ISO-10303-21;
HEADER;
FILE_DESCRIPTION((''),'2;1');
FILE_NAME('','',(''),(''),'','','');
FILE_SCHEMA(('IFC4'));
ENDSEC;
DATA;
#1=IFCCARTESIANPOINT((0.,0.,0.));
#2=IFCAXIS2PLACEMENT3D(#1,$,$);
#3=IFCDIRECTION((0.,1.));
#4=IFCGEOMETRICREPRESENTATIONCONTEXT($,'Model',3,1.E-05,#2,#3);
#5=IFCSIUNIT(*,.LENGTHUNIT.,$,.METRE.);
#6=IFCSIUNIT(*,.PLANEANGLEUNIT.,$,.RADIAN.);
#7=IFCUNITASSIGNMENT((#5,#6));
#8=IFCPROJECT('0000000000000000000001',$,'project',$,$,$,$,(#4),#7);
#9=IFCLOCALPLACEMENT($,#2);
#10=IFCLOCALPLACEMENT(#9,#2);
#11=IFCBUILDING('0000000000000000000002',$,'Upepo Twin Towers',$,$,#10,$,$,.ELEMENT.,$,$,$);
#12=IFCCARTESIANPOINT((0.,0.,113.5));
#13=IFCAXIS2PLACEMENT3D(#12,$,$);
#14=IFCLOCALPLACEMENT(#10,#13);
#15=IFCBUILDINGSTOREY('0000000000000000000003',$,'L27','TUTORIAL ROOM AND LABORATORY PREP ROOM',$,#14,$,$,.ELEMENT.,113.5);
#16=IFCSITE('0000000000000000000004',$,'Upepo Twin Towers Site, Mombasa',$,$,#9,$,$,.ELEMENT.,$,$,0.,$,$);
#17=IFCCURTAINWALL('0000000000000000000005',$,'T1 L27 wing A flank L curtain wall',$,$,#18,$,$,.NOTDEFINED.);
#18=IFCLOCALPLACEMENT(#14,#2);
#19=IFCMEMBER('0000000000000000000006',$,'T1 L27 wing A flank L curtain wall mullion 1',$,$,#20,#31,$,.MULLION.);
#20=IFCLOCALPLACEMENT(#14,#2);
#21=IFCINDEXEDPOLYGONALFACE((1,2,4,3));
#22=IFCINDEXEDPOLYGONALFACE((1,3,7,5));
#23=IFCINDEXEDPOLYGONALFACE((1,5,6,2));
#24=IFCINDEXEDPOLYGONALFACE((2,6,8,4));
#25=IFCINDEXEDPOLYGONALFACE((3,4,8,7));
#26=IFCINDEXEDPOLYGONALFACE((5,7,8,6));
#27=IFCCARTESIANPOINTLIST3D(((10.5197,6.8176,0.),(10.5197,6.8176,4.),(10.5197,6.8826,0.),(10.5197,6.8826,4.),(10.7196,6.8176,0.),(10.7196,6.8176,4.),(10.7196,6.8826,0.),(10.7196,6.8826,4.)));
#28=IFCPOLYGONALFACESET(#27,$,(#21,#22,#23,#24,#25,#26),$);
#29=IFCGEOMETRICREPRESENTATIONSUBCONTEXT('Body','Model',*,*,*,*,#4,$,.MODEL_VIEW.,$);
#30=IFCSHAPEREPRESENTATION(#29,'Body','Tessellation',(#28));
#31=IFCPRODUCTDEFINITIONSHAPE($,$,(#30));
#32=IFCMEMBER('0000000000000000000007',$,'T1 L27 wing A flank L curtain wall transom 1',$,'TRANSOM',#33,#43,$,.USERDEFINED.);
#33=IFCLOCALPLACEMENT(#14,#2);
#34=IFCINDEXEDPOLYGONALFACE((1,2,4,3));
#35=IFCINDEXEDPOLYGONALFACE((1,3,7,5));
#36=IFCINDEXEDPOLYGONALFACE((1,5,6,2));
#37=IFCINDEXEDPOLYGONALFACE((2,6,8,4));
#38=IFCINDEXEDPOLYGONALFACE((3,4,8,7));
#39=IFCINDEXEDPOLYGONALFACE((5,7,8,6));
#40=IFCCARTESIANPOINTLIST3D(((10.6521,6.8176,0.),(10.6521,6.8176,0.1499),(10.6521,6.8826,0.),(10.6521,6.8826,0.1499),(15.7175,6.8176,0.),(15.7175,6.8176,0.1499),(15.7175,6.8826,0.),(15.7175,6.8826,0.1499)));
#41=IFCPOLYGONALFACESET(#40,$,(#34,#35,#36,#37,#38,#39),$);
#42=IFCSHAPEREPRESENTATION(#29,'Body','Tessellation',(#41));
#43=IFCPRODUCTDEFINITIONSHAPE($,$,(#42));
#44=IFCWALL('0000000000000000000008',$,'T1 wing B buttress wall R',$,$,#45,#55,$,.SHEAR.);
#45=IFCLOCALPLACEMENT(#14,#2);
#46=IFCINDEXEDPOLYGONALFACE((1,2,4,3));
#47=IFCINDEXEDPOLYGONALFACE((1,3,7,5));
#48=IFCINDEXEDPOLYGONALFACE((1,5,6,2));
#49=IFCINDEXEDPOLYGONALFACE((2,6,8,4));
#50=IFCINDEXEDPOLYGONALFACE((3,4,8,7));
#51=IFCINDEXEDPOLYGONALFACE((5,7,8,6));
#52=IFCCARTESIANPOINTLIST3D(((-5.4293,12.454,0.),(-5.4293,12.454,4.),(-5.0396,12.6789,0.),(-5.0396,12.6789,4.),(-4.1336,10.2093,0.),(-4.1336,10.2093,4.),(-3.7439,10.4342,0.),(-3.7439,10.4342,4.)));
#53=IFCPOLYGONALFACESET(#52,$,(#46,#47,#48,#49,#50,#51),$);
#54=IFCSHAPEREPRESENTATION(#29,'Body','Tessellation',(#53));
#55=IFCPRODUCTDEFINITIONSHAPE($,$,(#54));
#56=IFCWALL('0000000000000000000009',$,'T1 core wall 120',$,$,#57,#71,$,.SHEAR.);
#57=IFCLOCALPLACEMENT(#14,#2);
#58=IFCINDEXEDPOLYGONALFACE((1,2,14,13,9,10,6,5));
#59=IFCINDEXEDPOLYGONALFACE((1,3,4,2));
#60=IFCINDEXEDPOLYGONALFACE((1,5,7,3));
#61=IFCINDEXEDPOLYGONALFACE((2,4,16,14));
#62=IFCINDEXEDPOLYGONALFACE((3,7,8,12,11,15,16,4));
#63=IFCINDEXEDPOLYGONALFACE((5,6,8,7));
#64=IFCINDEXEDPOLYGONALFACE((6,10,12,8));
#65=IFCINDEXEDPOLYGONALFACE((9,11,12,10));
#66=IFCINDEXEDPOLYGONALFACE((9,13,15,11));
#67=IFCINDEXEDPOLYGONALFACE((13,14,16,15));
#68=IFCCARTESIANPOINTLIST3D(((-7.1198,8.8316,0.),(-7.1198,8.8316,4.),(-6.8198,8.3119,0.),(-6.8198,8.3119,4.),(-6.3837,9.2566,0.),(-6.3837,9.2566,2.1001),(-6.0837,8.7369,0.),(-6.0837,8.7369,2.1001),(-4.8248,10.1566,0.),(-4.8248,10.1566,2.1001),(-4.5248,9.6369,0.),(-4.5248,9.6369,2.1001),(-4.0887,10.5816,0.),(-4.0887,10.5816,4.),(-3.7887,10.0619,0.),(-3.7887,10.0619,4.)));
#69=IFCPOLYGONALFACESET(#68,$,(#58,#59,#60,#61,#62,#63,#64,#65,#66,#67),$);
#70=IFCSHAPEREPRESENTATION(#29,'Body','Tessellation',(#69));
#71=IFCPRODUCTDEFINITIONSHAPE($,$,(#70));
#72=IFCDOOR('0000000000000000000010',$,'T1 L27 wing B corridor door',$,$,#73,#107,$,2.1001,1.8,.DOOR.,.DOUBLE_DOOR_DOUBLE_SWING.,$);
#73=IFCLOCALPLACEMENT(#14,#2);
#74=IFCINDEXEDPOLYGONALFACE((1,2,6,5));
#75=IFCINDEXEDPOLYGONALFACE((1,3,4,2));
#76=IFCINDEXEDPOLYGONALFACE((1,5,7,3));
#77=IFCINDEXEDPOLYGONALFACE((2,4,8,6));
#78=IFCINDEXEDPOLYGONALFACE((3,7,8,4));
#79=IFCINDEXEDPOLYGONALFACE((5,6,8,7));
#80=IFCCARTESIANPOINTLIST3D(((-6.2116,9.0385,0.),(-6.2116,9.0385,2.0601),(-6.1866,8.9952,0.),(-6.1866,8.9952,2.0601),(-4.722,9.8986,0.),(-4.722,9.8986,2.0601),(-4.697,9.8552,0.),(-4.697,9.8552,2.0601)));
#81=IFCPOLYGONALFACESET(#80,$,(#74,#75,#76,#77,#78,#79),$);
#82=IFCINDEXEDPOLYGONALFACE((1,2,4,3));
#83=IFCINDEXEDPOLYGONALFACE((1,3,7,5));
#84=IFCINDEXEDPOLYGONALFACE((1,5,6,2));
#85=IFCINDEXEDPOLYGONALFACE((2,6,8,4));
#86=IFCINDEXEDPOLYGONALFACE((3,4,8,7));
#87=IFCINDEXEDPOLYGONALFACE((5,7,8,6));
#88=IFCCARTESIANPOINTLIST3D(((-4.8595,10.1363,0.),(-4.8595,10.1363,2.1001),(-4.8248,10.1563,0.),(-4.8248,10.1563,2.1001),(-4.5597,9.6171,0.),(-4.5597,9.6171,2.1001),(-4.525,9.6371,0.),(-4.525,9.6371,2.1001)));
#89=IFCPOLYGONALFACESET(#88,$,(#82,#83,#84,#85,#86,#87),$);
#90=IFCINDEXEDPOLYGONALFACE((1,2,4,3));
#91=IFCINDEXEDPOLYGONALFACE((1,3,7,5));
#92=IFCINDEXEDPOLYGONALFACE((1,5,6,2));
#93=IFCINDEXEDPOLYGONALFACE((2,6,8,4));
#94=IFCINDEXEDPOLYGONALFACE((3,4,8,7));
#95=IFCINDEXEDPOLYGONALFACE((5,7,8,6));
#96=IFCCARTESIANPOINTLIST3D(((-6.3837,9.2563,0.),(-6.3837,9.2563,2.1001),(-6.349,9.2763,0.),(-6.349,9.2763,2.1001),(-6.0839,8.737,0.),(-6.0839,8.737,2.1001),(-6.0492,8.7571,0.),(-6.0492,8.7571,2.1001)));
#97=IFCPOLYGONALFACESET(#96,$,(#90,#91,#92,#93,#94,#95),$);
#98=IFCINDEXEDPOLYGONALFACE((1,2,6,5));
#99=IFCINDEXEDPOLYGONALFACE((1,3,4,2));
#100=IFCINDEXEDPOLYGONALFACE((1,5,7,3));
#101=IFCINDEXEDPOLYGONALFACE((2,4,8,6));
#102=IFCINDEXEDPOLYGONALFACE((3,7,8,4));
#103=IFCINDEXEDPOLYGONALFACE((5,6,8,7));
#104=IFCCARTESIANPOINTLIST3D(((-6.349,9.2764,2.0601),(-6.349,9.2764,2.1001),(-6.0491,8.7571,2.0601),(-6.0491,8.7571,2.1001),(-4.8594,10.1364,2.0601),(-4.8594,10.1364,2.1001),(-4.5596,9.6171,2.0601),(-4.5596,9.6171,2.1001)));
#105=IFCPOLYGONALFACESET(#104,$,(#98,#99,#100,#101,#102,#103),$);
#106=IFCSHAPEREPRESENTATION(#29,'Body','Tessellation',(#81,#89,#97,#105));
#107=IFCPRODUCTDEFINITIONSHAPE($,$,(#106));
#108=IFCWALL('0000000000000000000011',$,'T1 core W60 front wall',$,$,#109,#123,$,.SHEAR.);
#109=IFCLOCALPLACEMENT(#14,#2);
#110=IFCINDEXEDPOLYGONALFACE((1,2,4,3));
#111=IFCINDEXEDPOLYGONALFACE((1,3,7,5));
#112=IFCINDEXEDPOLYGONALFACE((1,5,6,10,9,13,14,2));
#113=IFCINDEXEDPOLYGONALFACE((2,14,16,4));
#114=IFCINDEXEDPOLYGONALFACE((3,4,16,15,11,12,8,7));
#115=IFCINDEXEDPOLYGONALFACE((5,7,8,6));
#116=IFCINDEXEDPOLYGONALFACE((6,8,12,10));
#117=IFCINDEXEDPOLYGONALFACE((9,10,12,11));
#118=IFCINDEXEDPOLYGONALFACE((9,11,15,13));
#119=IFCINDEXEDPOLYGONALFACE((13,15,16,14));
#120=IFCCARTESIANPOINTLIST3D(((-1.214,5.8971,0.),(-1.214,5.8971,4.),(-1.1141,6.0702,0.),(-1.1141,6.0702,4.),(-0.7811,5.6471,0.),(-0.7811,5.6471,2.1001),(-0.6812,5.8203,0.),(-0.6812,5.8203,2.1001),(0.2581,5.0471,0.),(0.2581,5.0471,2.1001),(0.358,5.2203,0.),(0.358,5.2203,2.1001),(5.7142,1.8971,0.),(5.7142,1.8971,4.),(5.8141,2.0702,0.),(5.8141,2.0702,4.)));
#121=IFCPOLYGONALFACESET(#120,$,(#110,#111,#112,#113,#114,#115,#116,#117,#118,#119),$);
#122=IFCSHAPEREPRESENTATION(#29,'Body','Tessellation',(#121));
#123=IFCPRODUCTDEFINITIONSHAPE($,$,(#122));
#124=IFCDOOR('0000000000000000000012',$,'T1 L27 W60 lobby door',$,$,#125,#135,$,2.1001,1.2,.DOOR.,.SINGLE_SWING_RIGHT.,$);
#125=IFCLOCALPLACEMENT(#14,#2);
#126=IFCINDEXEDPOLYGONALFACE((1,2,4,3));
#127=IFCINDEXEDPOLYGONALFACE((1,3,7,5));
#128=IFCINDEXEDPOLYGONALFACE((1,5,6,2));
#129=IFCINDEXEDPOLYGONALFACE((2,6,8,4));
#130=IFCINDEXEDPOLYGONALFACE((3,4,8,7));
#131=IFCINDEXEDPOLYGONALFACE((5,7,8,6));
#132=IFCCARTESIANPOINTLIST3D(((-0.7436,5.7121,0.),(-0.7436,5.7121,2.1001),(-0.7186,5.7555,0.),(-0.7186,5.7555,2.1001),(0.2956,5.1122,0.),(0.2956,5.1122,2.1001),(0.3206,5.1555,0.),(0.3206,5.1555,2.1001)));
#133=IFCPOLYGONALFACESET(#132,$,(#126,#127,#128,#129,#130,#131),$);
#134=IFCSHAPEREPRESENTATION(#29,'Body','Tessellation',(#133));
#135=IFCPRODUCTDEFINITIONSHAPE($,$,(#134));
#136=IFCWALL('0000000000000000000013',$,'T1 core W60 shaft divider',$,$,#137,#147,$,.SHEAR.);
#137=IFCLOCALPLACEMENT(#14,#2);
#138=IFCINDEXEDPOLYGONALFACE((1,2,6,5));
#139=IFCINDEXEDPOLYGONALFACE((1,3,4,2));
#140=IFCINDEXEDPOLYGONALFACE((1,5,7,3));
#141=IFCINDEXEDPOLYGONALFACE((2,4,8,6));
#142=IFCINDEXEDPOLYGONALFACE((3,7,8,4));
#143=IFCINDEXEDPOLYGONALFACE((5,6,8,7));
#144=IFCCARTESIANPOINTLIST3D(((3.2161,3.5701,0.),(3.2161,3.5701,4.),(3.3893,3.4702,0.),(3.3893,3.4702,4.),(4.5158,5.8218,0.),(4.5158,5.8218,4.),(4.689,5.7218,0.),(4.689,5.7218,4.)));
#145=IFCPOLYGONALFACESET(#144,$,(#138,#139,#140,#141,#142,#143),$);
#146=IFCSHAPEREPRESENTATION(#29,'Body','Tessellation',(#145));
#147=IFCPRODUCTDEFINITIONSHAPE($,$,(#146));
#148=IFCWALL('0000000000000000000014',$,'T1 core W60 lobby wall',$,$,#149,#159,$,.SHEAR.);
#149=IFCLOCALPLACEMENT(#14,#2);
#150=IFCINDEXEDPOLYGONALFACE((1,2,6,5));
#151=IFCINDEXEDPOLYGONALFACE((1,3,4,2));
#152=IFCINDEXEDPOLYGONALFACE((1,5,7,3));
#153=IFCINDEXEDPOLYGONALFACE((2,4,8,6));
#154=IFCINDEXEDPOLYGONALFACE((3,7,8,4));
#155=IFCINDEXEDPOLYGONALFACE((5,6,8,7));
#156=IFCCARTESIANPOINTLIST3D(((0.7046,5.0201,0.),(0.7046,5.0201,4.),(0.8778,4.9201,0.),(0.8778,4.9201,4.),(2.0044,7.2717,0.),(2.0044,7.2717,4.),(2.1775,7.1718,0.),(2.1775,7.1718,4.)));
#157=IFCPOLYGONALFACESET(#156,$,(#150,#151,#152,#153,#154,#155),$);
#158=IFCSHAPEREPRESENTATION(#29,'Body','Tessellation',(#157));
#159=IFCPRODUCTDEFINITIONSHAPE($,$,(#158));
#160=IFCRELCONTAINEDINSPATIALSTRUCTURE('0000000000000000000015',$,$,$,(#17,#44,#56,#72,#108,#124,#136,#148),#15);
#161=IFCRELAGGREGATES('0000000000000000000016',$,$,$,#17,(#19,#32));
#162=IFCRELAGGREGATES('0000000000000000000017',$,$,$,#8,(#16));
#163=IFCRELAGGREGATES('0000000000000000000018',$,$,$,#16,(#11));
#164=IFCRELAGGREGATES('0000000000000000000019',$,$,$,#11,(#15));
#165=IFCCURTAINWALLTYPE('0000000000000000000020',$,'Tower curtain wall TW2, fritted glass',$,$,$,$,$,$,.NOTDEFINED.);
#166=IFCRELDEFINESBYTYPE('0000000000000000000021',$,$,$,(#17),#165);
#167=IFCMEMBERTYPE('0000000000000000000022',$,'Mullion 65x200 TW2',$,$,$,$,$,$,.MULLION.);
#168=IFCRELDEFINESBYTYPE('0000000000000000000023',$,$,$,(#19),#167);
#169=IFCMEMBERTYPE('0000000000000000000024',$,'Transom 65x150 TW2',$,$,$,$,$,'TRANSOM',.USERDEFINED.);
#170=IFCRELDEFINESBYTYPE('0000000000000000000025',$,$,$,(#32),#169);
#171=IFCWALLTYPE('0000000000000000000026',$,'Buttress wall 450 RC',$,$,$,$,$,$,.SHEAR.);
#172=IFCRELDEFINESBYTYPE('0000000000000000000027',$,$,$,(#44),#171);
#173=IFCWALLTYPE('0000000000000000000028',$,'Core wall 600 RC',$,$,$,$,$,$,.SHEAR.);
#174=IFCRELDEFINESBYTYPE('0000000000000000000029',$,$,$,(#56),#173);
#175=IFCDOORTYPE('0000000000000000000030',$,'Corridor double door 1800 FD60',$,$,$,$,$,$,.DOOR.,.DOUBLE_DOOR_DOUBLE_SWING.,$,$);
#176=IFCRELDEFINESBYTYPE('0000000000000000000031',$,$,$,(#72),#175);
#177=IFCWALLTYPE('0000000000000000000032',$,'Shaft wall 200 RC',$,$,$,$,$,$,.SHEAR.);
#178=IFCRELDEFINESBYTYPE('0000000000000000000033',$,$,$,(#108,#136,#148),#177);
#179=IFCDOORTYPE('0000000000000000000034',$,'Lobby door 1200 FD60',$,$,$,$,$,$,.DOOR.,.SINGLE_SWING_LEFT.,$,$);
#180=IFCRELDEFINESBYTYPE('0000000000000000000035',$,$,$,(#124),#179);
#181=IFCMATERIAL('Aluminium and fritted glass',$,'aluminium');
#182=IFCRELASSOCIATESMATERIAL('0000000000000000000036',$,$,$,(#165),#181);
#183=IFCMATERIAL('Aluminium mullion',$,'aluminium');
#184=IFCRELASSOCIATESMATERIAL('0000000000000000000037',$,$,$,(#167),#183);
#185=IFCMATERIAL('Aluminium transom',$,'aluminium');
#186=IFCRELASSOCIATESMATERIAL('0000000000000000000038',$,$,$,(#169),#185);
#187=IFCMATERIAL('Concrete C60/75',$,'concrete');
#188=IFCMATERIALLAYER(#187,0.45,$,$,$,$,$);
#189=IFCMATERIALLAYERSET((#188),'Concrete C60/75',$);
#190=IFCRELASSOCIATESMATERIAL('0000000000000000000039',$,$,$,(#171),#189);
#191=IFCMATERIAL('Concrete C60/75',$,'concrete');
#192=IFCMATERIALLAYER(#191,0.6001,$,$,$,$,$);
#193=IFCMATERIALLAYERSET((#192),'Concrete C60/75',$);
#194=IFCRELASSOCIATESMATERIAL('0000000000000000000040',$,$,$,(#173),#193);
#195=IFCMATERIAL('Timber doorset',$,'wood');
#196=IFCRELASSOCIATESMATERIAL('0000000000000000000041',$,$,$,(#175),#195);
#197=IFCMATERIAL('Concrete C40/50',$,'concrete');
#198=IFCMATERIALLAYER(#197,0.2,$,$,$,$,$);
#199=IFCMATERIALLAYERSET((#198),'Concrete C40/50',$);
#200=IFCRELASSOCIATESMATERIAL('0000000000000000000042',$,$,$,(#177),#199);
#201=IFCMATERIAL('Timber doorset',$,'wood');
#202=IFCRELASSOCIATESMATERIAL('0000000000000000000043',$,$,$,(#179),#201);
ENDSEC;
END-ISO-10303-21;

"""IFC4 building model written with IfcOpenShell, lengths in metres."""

from ifc_helpers import new_model, si_unit, direction, frame, frame_2d, origin, origin_2d, place, context, subcontext, project, spatial, rectangle, extrude, material, layer, layer_set, material_profile, profile_set, type_object, element, fill, aggregate, save


model = new_model("IFC4")

# Units and contexts
model_context = context("Model", 3, precision=1e-05, world=origin(), true_north=direction((0.0, 1.0)))
body_context = subcontext(model_context, "Body", "Model", "MODEL_VIEW")
ifc_project = project(units=[si_unit("LENGTHUNIT", "METRE"), si_unit("PLANEANGLEUNIT", "RADIAN")], contexts=[model_context])

# Site, building, storey
site_placement = place(None, origin())
site = spatial("IfcSite", under=ifc_project, at=site_placement, Name="Upepo Twin Towers Site, Mombasa", CompositionType="ELEMENT", RefElevation=0.0)
building_placement = place(site_placement, origin())
building = spatial("IfcBuilding", under=site, at=building_placement, Name="Upepo Twin Towers", CompositionType="ELEMENT")
storey_placement = place(building_placement, frame((0.0, 0.0, 113.5)))
storey = spatial("IfcBuildingStorey", under=building, at=storey_placement, Name="L27", Description="TUTORIAL ROOM AND LABORATORY PREP ROOM", CompositionType="ELEMENT", Elevation=113.5)

# Curtain wall, members
ifc_material_1 = material(Name="Aluminium and fritted glass", Category="aluminium")
curtain_wall_type = type_object("IfcCurtainWallType", Name="Tower curtain wall TW2, fritted glass", PredefinedType="NOTDEFINED", material=ifc_material_1)
curtain_wall_placement = place(storey_placement, origin())
curtain_wall = element("IfcCurtainWall", 1, at=curtain_wall_placement, inside=storey, type_object=curtain_wall_type, Name="T1 L27 wing A flank L curtain wall", PredefinedType="NOTDEFINED")
ifc_material_2 = material(Name="Aluminium mullion", Category="aluminium")
ifc_material_profile_1 = material_profile(ifc_material_2, rectangle(XDim=0.0649, YDim=0.2, at=origin_2d()), Name="MULLION 65x200")
ifc_profile_set_1 = profile_set([ifc_material_profile_1], Name="Aluminium mullion")
member_type_1 = type_object("IfcMemberType", Name="Mullion 65x200 TW2", PredefinedType="MULLION", material=ifc_profile_set_1)
member_1_placement = place(storey_placement, frame((10.6196, 6.8501, 0.0), z_axis=(0.0, 0.0, 1.0), x_axis=(0.0, 1.0, 0.0)))
member_1 = element("IfcMember", 2, at=member_1_placement, type_object=member_type_1, Name="T1 L27 wing A flank L curtain wall mullion 1", PredefinedType="MULLION", context=body_context, shape_type="SweptSolid", body=[
    extrude(rectangle(XDim=0.0649, YDim=0.2, at=origin_2d()), origin(), (0.0, 0.0, 1.0), 4.0),
])
ifc_material_3 = material(Name="Aluminium transom", Category="aluminium")
ifc_material_profile_2 = material_profile(ifc_material_3, rectangle(XDim=0.0649, YDim=0.1499, at=origin_2d()), Name="TRANSOM 65x150")
ifc_profile_set_2 = profile_set([ifc_material_profile_2], Name="Aluminium transom")
member_type_2 = type_object("IfcMemberType", Name="Transom 65x150 TW2", ElementType="TRANSOM", PredefinedType="USERDEFINED", material=ifc_profile_set_2)
member_2_placement = place(storey_placement, frame((10.6521, 6.8501, 0.075), z_axis=(1.0, 0.0, 0.0), x_axis=(0.0, 1.0, 0.0)))
member_2 = element("IfcMember", 3, at=member_2_placement, type_object=member_type_2, Name="T1 L27 wing A flank L curtain wall transom 1", ObjectType="TRANSOM", PredefinedType="USERDEFINED", context=body_context, shape_type="SweptSolid", body=[
    extrude(rectangle(XDim=0.0649, YDim=0.1499, at=origin_2d()), origin(), (0.0, 0.0, 1.0), 5.0654),
])
aggregate(curtain_wall, [member_1, member_2])

# Wall
ifc_material_4 = material(Name="Concrete C60/75", Category="concrete")
ifc_layer_1 = layer(ifc_material_4, 0.45)
ifc_layer_set_1 = layer_set([ifc_layer_1], Name="Concrete C60/75")
wall_type_1 = type_object("IfcWallType", Name="Buttress wall 450 RC", PredefinedType="SHEAR", material=ifc_layer_set_1)
wall_1_placement = place(storey_placement, frame((-3.9387, 10.3218, 0.0), z_axis=(0.0, 0.0, 1.0), x_axis=(-0.499918, 0.866073, 0.0)))
element("IfcWall", 4, at=wall_1_placement, inside=storey, type_object=wall_type_1, Name="T1 wing B buttress wall R", PredefinedType="SHEAR", context=body_context, shape_type="SweptSolid", body=[
    extrude(rectangle(XDim=2.5918, YDim=0.45, at=frame_2d((1.2959, 0.0))), origin(), (0.0, 0.0, 1.0), 4.0),
])

# Walls, openings, doors
ifc_material_5 = material(Name="Concrete C60/75", Category="concrete")
ifc_layer_2 = layer(ifc_material_5, 0.6001)
ifc_layer_set_2 = layer_set([ifc_layer_2], Name="Concrete C60/75")
wall_type_2 = type_object("IfcWallType", Name="Core wall 600 RC", PredefinedType="SHEAR", material=ifc_layer_set_2)
wall_2_placement = place(storey_placement, frame((-3.9387, 10.3218, 0.0), z_axis=(0.0, 0.0, 1.0), x_axis=(-0.866019, -0.50001, 0.0)))
wall_2 = element("IfcWall", 5, at=wall_2_placement, inside=storey, type_object=wall_type_2, Name="T1 core wall 120", PredefinedType="SHEAR", context=body_context, shape_type="SweptSolid", body=[
    extrude(rectangle(XDim=3.5, YDim=0.6001, at=frame_2d((1.75, 0.0))), origin(), (0.0, 0.0, 1.0), 4.0),
])
opening_1_placement = place(wall_2_placement, frame((0.8501, 0.0, 0.0)))
opening_1 = element("IfcOpeningElement", 6, at=opening_1_placement, cuts=wall_2, PredefinedType="OPENING", context=body_context, shape_type="SweptSolid", body=[
    extrude(rectangle(XDim=1.8, YDim=2.1001, at=frame_2d((0.8999, 1.05))), frame((0.0, 0.3101, 0.0), z_axis=(0.0, -1.0, 0.0), x_axis=(1.0, 0.0, 0.0)), (0.0, 0.0, 1.0), 0.6201),
])
ifc_material_6 = material(Name="Timber doorset", Category="wood")
door_type_1 = type_object("IfcDoorType", Name="Corridor double door 1800 FD60", OperationType="DOUBLE_DOOR_DOUBLE_SWING", PredefinedType="DOOR", material=ifc_material_6)
door_1_placement = place(opening_1_placement, origin())
door_1 = element("IfcDoor", 7, at=door_1_placement, inside=storey, type_object=door_type_1, Name="T1 L27 wing B corridor door", OperationType="DOUBLE_DOOR_DOUBLE_SWING", OverallHeight=2.1001, OverallWidth=1.8, PredefinedType="DOOR", context=body_context, shape_type="SweptSolid", body=[
    extrude(rectangle(XDim=1.72, YDim=2.0601, at=frame_2d((0.8999, 1.03))), frame((0.0, 0.0249, 0.0), z_axis=(0.0, -1.0, 0.0), x_axis=(1.0, 0.0, 0.0)), (0.0, 0.0, 1.0), 0.05),
    extrude(rectangle(XDim=0.04, YDim=2.1001, at=frame_2d((0.02, 1.05))), frame((0.0, 0.2998, 0.0), z_axis=(0.0, -1.0, 0.0), x_axis=(1.0, 0.0, 0.0)), (0.0, 0.0, 1.0), 0.5996),
    extrude(rectangle(XDim=0.04, YDim=2.1001, at=frame_2d((1.78, 1.05))), frame((0.0, 0.2998, 0.0), z_axis=(0.0, -1.0, 0.0), x_axis=(1.0, 0.0, 0.0)), (0.0, 0.0, 1.0), 0.5996),
    extrude(rectangle(XDim=1.72, YDim=0.04, at=frame_2d((0.8999, 2.0801))), frame((0.0, 0.2998, 0.0), z_axis=(0.0, -1.0, 0.0), x_axis=(1.0, 0.0, 0.0)), (0.0, 0.0, 1.0), 0.5996),
])
fill(opening_1, door_1)
ifc_material_7 = material(Name="Concrete C40/50", Category="concrete")
ifc_layer_3 = layer(ifc_material_7, 0.2)
ifc_layer_set_3 = layer_set([ifc_layer_3], Name="Concrete C40/50")
wall_type_3 = type_object("IfcWallType", Name="Shaft wall 200 RC", PredefinedType="SHEAR", material=ifc_layer_set_3)
wall_3_placement = place(storey_placement, frame((5.7642, 1.9836, 0.0), z_axis=(0.0, 0.0, 1.0), x_axis=(-0.866026, 0.499999, 0.0)))
wall_3 = element("IfcWall", 8, at=wall_3_placement, inside=storey, type_object=wall_type_3, Name="T1 core W60 front wall", PredefinedType="SHEAR", context=body_context, shape_type="SweptSolid", body=[
    extrude(rectangle(XDim=8.0, YDim=0.2, at=frame_2d((4.0, 0.0))), origin(), (0.0, 0.0, 1.0), 4.0),
])
opening_2_placement = place(wall_3_placement, frame((6.3, 0.0, 0.0)))
opening_2 = element("IfcOpeningElement", 9, at=opening_2_placement, cuts=wall_3, PredefinedType="OPENING", context=body_context, shape_type="SweptSolid", body=[
    extrude(rectangle(XDim=1.2, YDim=2.1001, at=frame_2d((0.6001, 1.05))), frame((0.0, 0.1099, 0.0), z_axis=(0.0, -1.0, 0.0), x_axis=(1.0, 0.0, 0.0)), (0.0, 0.0, 1.0), 0.22),
])
ifc_material_8 = material(Name="Timber doorset", Category="wood")
door_type_2 = type_object("IfcDoorType", Name="Lobby door 1200 FD60", OperationType="SINGLE_SWING_LEFT", PredefinedType="DOOR", material=ifc_material_8)
door_2_placement = place(opening_2_placement, origin())
door_2 = element("IfcDoor", 10, at=door_2_placement, inside=storey, type_object=door_type_2, Name="T1 L27 W60 lobby door", OperationType="SINGLE_SWING_RIGHT", OverallHeight=2.1001, OverallWidth=1.2, PredefinedType="DOOR", context=body_context, shape_type="SweptSolid", body=[
    extrude(rectangle(XDim=1.2, YDim=2.1001, at=frame_2d((0.6001, 1.05))), frame((0.0, 0.0249, 0.0), z_axis=(0.0, -1.0, 0.0), x_axis=(1.0, 0.0, 0.0)), (0.0, 0.0, 1.0), 0.05),
])
fill(opening_2, door_2)

# Walls
for number, where, z_axis, x_axis, name in (
    (11, (3.3027, 3.5203, 0.0), (0.0, 0.0, 1.0), (0.499937, 0.866062, 0.0), "T1 core W60 shaft divider"),
    (12, (0.7913, 4.9702, 0.0), (0.0, 0.0, 1.0), (0.499937, 0.866062, 0.0), "T1 core W60 lobby wall"),
):
    element("IfcWall", number, at=place(storey_placement, frame(where, z_axis=z_axis, x_axis=x_axis)), inside=storey, type_object=wall_type_3, Name=name, PredefinedType="SHEAR", context=body_context, shape_type="SweptSolid", body=[
        extrude(rectangle(XDim=2.5999, YDim=0.2, at=frame_2d((1.2998, 0.0))), origin(), (0.0, 0.0, 1.0), 4.0),
    ])

save(model, "model.ifc")
